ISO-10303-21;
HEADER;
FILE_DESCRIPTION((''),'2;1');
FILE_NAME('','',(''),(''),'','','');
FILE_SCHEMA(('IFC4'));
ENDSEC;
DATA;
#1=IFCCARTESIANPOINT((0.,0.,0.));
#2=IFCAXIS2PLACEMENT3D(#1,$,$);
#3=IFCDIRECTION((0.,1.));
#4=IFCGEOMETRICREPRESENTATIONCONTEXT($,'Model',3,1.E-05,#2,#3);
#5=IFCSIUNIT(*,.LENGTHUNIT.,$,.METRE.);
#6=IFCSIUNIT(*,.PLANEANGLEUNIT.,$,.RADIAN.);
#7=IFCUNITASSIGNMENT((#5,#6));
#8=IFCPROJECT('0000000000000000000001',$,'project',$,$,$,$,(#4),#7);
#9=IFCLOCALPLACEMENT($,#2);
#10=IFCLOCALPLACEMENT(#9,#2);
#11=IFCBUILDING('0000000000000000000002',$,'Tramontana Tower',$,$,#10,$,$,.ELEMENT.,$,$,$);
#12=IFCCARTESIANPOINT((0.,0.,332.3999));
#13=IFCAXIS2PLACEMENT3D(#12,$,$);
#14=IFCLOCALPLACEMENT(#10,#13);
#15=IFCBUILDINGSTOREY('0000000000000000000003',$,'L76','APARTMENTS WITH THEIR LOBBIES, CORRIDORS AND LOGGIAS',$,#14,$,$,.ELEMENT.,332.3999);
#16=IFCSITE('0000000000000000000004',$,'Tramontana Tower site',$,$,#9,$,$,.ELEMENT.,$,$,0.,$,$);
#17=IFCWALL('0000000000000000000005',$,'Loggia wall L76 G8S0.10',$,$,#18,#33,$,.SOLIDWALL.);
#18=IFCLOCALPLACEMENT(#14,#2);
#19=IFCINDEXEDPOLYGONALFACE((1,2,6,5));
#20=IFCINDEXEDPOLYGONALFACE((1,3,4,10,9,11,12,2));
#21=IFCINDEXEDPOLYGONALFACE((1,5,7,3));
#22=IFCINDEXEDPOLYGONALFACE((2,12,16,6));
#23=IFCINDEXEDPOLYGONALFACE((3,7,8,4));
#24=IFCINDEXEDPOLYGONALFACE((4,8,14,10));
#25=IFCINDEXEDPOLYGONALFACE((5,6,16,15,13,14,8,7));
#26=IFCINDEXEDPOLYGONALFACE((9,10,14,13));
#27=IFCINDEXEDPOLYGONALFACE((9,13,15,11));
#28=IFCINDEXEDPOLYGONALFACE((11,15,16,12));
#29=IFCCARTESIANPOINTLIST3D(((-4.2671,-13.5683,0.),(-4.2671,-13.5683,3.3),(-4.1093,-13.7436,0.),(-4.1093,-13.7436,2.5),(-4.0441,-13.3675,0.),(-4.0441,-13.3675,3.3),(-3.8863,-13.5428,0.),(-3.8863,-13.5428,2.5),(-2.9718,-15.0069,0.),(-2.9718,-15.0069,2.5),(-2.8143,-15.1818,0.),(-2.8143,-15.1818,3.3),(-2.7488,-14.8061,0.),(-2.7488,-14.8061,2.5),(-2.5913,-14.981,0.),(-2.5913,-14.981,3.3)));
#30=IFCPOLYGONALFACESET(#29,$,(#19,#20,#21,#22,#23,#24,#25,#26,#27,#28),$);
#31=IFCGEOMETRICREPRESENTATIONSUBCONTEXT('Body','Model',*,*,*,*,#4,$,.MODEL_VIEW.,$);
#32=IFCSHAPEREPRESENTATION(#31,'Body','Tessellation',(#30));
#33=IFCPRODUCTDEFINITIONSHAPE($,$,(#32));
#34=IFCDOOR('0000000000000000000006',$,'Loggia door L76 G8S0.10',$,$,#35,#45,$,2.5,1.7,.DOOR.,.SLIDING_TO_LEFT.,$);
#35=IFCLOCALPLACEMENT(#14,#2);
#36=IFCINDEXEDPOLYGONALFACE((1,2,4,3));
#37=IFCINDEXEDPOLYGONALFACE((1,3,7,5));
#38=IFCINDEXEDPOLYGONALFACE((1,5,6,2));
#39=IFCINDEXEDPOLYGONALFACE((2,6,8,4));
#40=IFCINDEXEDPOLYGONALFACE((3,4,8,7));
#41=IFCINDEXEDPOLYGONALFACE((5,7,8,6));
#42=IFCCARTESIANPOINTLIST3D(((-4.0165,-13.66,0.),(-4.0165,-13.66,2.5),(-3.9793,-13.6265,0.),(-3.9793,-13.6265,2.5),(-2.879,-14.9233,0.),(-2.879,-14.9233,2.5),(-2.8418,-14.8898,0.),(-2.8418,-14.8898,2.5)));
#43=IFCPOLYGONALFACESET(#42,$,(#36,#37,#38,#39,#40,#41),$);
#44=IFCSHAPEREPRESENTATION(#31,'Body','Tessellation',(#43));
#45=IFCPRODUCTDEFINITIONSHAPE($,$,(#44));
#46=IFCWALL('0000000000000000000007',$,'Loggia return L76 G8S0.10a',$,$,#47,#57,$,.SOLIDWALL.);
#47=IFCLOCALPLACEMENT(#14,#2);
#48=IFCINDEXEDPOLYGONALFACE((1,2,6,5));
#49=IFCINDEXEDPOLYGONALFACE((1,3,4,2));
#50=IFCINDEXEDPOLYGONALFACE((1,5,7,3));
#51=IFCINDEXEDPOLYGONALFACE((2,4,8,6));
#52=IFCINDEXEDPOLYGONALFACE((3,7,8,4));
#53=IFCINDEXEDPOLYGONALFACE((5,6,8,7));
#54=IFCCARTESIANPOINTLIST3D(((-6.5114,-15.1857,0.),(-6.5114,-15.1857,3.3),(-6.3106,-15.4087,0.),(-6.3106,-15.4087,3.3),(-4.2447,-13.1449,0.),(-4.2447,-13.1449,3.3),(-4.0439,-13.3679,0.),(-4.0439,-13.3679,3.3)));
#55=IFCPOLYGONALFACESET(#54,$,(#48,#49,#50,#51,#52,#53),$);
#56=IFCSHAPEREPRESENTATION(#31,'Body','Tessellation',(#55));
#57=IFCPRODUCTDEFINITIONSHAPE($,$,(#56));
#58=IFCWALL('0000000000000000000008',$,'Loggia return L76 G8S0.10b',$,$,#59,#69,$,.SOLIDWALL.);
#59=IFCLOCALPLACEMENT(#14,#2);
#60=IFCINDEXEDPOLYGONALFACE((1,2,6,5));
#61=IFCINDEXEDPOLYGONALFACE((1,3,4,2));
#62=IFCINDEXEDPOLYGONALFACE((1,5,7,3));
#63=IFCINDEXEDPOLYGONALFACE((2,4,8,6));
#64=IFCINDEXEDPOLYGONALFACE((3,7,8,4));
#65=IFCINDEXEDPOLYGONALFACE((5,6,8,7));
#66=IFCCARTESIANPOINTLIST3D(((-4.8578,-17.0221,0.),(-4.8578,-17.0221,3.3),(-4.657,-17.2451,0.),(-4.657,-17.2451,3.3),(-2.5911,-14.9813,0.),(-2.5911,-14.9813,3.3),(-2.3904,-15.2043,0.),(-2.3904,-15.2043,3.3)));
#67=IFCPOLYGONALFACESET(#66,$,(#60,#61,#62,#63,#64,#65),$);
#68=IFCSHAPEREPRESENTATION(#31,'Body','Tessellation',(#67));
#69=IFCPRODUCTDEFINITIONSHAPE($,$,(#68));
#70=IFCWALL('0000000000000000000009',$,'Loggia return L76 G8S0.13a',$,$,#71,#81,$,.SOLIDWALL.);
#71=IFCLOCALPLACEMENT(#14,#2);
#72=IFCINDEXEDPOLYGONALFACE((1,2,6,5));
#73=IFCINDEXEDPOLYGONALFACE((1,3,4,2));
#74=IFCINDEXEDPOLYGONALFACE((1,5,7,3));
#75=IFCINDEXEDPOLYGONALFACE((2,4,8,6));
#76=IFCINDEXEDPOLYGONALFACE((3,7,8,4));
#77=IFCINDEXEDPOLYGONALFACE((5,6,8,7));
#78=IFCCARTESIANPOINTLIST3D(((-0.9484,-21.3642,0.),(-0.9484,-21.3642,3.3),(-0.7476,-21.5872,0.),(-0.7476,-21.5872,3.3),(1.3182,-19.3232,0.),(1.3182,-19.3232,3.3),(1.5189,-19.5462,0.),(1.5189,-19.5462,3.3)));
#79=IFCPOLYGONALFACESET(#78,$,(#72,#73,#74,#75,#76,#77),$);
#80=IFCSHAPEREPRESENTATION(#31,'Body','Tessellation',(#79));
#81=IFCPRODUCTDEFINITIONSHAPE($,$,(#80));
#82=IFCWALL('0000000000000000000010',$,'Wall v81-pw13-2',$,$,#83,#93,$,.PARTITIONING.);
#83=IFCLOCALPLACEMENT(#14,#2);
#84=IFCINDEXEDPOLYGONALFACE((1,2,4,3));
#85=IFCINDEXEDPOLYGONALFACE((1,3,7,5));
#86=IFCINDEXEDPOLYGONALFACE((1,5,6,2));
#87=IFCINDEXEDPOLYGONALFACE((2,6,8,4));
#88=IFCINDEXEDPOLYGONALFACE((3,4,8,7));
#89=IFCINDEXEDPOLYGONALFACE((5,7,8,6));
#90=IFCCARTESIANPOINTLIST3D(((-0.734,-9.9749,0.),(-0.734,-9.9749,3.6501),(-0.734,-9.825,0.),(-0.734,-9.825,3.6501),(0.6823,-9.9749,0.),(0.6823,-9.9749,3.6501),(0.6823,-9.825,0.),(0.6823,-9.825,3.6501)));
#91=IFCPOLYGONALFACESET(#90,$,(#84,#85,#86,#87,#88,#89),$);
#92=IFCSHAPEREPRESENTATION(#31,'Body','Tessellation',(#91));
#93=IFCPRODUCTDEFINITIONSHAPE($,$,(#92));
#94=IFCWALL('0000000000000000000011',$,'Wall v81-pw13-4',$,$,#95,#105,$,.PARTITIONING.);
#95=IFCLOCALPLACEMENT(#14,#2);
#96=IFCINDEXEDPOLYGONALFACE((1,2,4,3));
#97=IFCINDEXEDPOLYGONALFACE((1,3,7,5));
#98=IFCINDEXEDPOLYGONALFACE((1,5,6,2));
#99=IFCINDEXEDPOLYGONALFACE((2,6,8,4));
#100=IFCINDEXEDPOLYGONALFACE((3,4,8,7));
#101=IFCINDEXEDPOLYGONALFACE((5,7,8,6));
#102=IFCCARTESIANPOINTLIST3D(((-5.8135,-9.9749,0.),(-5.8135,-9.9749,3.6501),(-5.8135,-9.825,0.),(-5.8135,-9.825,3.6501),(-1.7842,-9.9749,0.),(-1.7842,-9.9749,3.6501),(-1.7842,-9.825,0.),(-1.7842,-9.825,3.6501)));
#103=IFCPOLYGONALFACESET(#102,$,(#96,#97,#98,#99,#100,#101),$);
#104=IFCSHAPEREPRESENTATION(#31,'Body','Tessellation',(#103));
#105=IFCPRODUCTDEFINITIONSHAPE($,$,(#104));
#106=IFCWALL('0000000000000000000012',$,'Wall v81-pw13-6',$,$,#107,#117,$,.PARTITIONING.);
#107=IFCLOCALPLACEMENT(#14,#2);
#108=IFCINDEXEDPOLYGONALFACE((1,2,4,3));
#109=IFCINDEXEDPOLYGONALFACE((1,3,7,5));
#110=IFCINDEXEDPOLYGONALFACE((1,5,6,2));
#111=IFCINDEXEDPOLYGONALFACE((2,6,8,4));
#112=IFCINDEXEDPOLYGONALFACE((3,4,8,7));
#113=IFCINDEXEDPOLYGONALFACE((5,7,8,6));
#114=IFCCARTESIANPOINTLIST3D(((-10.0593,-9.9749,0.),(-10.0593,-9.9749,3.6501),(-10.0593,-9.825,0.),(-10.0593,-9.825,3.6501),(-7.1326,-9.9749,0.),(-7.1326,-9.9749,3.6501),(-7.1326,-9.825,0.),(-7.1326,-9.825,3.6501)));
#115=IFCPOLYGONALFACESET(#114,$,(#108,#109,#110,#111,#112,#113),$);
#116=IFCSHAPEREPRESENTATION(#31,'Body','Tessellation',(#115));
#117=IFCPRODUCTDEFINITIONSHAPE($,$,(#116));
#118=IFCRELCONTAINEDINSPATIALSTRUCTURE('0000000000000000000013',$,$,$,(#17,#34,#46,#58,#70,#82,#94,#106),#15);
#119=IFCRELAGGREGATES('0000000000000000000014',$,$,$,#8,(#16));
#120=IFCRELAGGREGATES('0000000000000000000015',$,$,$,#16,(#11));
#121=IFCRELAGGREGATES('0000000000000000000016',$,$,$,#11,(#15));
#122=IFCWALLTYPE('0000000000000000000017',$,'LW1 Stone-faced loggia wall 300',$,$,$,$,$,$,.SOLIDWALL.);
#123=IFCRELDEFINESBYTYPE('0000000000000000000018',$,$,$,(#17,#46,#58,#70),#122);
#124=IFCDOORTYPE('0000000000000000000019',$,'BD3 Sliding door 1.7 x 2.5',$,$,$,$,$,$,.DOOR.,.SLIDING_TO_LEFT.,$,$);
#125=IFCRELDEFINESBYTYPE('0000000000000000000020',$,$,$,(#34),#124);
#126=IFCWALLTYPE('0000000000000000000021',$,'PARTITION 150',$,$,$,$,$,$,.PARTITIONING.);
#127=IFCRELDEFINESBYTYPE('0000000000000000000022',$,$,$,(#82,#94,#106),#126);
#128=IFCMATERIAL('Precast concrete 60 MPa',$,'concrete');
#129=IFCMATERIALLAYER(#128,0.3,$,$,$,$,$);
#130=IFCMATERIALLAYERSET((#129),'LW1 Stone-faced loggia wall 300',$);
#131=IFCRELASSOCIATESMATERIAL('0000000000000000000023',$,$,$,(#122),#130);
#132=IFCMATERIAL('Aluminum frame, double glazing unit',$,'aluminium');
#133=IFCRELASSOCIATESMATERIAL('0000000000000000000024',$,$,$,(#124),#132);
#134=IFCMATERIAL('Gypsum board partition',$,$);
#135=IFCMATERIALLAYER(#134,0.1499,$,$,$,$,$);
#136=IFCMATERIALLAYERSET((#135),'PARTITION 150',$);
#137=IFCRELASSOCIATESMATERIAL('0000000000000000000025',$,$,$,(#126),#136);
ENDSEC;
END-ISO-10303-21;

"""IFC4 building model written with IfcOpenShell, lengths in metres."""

from ifc_helpers import new_model, si_unit, direction, frame, frame_2d, origin, place, context, subcontext, project, spatial, rectangle, extrude, material, layer, layer_set, type_object, element, fill, save


model = new_model("IFC4")

# Units and contexts
model_context = context("Model", 3, precision=1e-05, world=origin(), true_north=direction((0.0, 1.0)))
body_context = subcontext(model_context, "Body", "Model", "MODEL_VIEW")
ifc_project = project(units=[si_unit("LENGTHUNIT", "METRE"), si_unit("PLANEANGLEUNIT", "RADIAN")], contexts=[model_context])

# Site, building, storey
site_placement = place(None, origin())
site = spatial("IfcSite", under=ifc_project, at=site_placement, Name="Tramontana Tower site", CompositionType="ELEMENT", RefElevation=0.0)
building_placement = place(site_placement, origin())
building = spatial("IfcBuilding", under=site, at=building_placement, Name="Tramontana Tower", CompositionType="ELEMENT")
storey_placement = place(building_placement, frame((0.0, 0.0, 332.3999)))
storey = spatial("IfcBuildingStorey", under=building, at=storey_placement, Name="L76", Description="APARTMENTS WITH THEIR LOBBIES, CORRIDORS AND LOGGIAS", CompositionType="ELEMENT", Elevation=332.3999)

# Wall, opening, door
ifc_material_1 = material(Name="Precast concrete 60 MPa", Category="concrete")
ifc_layer_1 = layer(ifc_material_1, 0.3)
ifc_layer_set_1 = layer_set([ifc_layer_1], Name="LW1 Stone-faced loggia wall 300")
wall_type_1 = type_object("IfcWallType", Name="LW1 Stone-faced loggia wall 300", PredefinedType="SOLIDWALL", material=ifc_layer_set_1)
wall_1_placement = place(storey_placement, frame((-4.1555, -13.468, 0.0), z_axis=(0.0, 0.0, 1.0), x_axis=(0.669145, -0.743132, 0.0)))
wall_1 = element("IfcWall", 1, at=wall_1_placement, inside=storey, type_object=wall_type_1, Name="Loggia wall L76 G8S0.10", PredefinedType="SOLIDWALL", context=body_context, shape_type="SweptSolid", body=[
    extrude(rectangle(XDim=2.1711, YDim=0.3, at=frame_2d((1.0854, 0.0))), origin(), (0.0, 0.0, 1.0), 3.3),
])
opening_1_placement = place(wall_1_placement, frame((0.2356, 0.0, 0.0)))
opening_1 = element("IfcOpeningElement", 2, at=opening_1_placement, cuts=wall_1, PredefinedType="OPENING", context=body_context, shape_type="SweptSolid", body=[
    extrude(rectangle(XDim=1.7, YDim=2.5, at=frame_2d((0.8501, 1.25))), frame((0.0, 0.1599, 0.0), z_axis=(0.0, -1.0, 0.0), x_axis=(1.0, 0.0, 0.0)), (0.0, 0.0, 1.0), 0.3201),
])
ifc_material_2 = material(Name="Aluminum frame, double glazing unit", Category="aluminium")
door_type_1 = type_object("IfcDoorType", Name="BD3 Sliding door 1.7 x 2.5", OperationType="SLIDING_TO_LEFT", PredefinedType="DOOR", material=ifc_material_2)
door_1_placement = place(opening_1_placement, origin())
door_1 = element("IfcDoor", 3, at=door_1_placement, inside=storey, type_object=door_type_1, Name="Loggia door L76 G8S0.10", OperationType="SLIDING_TO_LEFT", OverallHeight=2.5, OverallWidth=1.7, PredefinedType="DOOR", context=body_context, shape_type="SweptSolid", body=[
    extrude(rectangle(XDim=1.7, YDim=2.5, at=frame_2d((0.8501, 1.25))), frame((0.0, 0.0249, 0.0), z_axis=(0.0, -1.0, 0.0), x_axis=(1.0, 0.0, 0.0)), (0.0, 0.0, 1.0), 0.05),
])
fill(opening_1, door_1)

# Walls
for number, where, z_axis, x_axis, name in (
    (4, (-6.4109, -15.2971, 0.0), (0.0, 0.0, 1.0), (0.743159, 0.669115, 0.0), "Loggia return L76 G8S0.10a"),
    (5, (-4.7573, -17.1335, 0.0), (0.0, 0.0, 1.0), (0.743159, 0.669115, 0.0), "Loggia return L76 G8S0.10b"),
    (6, (-0.8479, -21.4756, 0.0), (0.0, 0.0, 1.0), (0.743119, 0.669159, 0.0), "Loggia return L76 G8S0.13a"),
):
    element("IfcWall", number, at=place(storey_placement, frame(where, z_axis=z_axis, x_axis=x_axis)), inside=storey, type_object=wall_type_1, Name=name, PredefinedType="SOLIDWALL", context=body_context, shape_type="SweptSolid", body=[
        extrude(rectangle(XDim=3.05, YDim=0.3, at=frame_2d((1.5249, 0.0))), origin(), (0.0, 0.0, 1.0), 3.3),
    ])
ifc_material_3 = material(Name="Gypsum board partition")
ifc_layer_2 = layer(ifc_material_3, 0.1499)
ifc_layer_set_2 = layer_set([ifc_layer_2], Name="PARTITION 150")
wall_type_2 = type_object("IfcWallType", Name="PARTITION 150", PredefinedType="PARTITIONING", material=ifc_layer_set_2)
wall_2_placement = place(storey_placement, frame((0.6821, -9.8999, 0.0), z_axis=(0.0, 0.0, 1.0), x_axis=(-1.0, 0.0, 0.0)))
element("IfcWall", 7, at=wall_2_placement, inside=storey, type_object=wall_type_2, Name="Wall v81-pw13-2", PredefinedType="PARTITIONING", context=body_context, shape_type="SweptSolid", body=[
    extrude(rectangle(XDim=1.4163, YDim=0.1499, at=frame_2d((0.708, 0.0))), origin(), (0.0, 0.0, 1.0), 3.6501),
])

# Wall
wall_3_placement = place(storey_placement, frame((-1.7842, -9.8999, 0.0), z_axis=(0.0, 0.0, 1.0), x_axis=(-1.0, 0.0, 0.0)))
element("IfcWall", 8, at=wall_3_placement, inside=storey, type_object=wall_type_2, Name="Wall v81-pw13-4", PredefinedType="PARTITIONING", context=body_context, shape_type="SweptSolid", body=[
    extrude(rectangle(XDim=4.0293, YDim=0.1499, at=frame_2d((2.0146, 0.0))), origin(), (0.0, 0.0, 1.0), 3.6501),
])

# Wall
wall_4_placement = place(storey_placement, frame((-7.1326, -9.8999, 0.0), z_axis=(0.0, 0.0, 1.0), x_axis=(-1.0, 0.0, 0.0)))
element("IfcWall", 9, at=wall_4_placement, inside=storey, type_object=wall_type_2, Name="Wall v81-pw13-6", PredefinedType="PARTITIONING", context=body_context, shape_type="SweptSolid", body=[
    extrude(rectangle(XDim=2.9268, YDim=0.1499, at=frame_2d((1.4634, 0.0))), origin(), (0.0, 0.0, 1.0), 3.6501),
])

save(model, "model.ifc")
